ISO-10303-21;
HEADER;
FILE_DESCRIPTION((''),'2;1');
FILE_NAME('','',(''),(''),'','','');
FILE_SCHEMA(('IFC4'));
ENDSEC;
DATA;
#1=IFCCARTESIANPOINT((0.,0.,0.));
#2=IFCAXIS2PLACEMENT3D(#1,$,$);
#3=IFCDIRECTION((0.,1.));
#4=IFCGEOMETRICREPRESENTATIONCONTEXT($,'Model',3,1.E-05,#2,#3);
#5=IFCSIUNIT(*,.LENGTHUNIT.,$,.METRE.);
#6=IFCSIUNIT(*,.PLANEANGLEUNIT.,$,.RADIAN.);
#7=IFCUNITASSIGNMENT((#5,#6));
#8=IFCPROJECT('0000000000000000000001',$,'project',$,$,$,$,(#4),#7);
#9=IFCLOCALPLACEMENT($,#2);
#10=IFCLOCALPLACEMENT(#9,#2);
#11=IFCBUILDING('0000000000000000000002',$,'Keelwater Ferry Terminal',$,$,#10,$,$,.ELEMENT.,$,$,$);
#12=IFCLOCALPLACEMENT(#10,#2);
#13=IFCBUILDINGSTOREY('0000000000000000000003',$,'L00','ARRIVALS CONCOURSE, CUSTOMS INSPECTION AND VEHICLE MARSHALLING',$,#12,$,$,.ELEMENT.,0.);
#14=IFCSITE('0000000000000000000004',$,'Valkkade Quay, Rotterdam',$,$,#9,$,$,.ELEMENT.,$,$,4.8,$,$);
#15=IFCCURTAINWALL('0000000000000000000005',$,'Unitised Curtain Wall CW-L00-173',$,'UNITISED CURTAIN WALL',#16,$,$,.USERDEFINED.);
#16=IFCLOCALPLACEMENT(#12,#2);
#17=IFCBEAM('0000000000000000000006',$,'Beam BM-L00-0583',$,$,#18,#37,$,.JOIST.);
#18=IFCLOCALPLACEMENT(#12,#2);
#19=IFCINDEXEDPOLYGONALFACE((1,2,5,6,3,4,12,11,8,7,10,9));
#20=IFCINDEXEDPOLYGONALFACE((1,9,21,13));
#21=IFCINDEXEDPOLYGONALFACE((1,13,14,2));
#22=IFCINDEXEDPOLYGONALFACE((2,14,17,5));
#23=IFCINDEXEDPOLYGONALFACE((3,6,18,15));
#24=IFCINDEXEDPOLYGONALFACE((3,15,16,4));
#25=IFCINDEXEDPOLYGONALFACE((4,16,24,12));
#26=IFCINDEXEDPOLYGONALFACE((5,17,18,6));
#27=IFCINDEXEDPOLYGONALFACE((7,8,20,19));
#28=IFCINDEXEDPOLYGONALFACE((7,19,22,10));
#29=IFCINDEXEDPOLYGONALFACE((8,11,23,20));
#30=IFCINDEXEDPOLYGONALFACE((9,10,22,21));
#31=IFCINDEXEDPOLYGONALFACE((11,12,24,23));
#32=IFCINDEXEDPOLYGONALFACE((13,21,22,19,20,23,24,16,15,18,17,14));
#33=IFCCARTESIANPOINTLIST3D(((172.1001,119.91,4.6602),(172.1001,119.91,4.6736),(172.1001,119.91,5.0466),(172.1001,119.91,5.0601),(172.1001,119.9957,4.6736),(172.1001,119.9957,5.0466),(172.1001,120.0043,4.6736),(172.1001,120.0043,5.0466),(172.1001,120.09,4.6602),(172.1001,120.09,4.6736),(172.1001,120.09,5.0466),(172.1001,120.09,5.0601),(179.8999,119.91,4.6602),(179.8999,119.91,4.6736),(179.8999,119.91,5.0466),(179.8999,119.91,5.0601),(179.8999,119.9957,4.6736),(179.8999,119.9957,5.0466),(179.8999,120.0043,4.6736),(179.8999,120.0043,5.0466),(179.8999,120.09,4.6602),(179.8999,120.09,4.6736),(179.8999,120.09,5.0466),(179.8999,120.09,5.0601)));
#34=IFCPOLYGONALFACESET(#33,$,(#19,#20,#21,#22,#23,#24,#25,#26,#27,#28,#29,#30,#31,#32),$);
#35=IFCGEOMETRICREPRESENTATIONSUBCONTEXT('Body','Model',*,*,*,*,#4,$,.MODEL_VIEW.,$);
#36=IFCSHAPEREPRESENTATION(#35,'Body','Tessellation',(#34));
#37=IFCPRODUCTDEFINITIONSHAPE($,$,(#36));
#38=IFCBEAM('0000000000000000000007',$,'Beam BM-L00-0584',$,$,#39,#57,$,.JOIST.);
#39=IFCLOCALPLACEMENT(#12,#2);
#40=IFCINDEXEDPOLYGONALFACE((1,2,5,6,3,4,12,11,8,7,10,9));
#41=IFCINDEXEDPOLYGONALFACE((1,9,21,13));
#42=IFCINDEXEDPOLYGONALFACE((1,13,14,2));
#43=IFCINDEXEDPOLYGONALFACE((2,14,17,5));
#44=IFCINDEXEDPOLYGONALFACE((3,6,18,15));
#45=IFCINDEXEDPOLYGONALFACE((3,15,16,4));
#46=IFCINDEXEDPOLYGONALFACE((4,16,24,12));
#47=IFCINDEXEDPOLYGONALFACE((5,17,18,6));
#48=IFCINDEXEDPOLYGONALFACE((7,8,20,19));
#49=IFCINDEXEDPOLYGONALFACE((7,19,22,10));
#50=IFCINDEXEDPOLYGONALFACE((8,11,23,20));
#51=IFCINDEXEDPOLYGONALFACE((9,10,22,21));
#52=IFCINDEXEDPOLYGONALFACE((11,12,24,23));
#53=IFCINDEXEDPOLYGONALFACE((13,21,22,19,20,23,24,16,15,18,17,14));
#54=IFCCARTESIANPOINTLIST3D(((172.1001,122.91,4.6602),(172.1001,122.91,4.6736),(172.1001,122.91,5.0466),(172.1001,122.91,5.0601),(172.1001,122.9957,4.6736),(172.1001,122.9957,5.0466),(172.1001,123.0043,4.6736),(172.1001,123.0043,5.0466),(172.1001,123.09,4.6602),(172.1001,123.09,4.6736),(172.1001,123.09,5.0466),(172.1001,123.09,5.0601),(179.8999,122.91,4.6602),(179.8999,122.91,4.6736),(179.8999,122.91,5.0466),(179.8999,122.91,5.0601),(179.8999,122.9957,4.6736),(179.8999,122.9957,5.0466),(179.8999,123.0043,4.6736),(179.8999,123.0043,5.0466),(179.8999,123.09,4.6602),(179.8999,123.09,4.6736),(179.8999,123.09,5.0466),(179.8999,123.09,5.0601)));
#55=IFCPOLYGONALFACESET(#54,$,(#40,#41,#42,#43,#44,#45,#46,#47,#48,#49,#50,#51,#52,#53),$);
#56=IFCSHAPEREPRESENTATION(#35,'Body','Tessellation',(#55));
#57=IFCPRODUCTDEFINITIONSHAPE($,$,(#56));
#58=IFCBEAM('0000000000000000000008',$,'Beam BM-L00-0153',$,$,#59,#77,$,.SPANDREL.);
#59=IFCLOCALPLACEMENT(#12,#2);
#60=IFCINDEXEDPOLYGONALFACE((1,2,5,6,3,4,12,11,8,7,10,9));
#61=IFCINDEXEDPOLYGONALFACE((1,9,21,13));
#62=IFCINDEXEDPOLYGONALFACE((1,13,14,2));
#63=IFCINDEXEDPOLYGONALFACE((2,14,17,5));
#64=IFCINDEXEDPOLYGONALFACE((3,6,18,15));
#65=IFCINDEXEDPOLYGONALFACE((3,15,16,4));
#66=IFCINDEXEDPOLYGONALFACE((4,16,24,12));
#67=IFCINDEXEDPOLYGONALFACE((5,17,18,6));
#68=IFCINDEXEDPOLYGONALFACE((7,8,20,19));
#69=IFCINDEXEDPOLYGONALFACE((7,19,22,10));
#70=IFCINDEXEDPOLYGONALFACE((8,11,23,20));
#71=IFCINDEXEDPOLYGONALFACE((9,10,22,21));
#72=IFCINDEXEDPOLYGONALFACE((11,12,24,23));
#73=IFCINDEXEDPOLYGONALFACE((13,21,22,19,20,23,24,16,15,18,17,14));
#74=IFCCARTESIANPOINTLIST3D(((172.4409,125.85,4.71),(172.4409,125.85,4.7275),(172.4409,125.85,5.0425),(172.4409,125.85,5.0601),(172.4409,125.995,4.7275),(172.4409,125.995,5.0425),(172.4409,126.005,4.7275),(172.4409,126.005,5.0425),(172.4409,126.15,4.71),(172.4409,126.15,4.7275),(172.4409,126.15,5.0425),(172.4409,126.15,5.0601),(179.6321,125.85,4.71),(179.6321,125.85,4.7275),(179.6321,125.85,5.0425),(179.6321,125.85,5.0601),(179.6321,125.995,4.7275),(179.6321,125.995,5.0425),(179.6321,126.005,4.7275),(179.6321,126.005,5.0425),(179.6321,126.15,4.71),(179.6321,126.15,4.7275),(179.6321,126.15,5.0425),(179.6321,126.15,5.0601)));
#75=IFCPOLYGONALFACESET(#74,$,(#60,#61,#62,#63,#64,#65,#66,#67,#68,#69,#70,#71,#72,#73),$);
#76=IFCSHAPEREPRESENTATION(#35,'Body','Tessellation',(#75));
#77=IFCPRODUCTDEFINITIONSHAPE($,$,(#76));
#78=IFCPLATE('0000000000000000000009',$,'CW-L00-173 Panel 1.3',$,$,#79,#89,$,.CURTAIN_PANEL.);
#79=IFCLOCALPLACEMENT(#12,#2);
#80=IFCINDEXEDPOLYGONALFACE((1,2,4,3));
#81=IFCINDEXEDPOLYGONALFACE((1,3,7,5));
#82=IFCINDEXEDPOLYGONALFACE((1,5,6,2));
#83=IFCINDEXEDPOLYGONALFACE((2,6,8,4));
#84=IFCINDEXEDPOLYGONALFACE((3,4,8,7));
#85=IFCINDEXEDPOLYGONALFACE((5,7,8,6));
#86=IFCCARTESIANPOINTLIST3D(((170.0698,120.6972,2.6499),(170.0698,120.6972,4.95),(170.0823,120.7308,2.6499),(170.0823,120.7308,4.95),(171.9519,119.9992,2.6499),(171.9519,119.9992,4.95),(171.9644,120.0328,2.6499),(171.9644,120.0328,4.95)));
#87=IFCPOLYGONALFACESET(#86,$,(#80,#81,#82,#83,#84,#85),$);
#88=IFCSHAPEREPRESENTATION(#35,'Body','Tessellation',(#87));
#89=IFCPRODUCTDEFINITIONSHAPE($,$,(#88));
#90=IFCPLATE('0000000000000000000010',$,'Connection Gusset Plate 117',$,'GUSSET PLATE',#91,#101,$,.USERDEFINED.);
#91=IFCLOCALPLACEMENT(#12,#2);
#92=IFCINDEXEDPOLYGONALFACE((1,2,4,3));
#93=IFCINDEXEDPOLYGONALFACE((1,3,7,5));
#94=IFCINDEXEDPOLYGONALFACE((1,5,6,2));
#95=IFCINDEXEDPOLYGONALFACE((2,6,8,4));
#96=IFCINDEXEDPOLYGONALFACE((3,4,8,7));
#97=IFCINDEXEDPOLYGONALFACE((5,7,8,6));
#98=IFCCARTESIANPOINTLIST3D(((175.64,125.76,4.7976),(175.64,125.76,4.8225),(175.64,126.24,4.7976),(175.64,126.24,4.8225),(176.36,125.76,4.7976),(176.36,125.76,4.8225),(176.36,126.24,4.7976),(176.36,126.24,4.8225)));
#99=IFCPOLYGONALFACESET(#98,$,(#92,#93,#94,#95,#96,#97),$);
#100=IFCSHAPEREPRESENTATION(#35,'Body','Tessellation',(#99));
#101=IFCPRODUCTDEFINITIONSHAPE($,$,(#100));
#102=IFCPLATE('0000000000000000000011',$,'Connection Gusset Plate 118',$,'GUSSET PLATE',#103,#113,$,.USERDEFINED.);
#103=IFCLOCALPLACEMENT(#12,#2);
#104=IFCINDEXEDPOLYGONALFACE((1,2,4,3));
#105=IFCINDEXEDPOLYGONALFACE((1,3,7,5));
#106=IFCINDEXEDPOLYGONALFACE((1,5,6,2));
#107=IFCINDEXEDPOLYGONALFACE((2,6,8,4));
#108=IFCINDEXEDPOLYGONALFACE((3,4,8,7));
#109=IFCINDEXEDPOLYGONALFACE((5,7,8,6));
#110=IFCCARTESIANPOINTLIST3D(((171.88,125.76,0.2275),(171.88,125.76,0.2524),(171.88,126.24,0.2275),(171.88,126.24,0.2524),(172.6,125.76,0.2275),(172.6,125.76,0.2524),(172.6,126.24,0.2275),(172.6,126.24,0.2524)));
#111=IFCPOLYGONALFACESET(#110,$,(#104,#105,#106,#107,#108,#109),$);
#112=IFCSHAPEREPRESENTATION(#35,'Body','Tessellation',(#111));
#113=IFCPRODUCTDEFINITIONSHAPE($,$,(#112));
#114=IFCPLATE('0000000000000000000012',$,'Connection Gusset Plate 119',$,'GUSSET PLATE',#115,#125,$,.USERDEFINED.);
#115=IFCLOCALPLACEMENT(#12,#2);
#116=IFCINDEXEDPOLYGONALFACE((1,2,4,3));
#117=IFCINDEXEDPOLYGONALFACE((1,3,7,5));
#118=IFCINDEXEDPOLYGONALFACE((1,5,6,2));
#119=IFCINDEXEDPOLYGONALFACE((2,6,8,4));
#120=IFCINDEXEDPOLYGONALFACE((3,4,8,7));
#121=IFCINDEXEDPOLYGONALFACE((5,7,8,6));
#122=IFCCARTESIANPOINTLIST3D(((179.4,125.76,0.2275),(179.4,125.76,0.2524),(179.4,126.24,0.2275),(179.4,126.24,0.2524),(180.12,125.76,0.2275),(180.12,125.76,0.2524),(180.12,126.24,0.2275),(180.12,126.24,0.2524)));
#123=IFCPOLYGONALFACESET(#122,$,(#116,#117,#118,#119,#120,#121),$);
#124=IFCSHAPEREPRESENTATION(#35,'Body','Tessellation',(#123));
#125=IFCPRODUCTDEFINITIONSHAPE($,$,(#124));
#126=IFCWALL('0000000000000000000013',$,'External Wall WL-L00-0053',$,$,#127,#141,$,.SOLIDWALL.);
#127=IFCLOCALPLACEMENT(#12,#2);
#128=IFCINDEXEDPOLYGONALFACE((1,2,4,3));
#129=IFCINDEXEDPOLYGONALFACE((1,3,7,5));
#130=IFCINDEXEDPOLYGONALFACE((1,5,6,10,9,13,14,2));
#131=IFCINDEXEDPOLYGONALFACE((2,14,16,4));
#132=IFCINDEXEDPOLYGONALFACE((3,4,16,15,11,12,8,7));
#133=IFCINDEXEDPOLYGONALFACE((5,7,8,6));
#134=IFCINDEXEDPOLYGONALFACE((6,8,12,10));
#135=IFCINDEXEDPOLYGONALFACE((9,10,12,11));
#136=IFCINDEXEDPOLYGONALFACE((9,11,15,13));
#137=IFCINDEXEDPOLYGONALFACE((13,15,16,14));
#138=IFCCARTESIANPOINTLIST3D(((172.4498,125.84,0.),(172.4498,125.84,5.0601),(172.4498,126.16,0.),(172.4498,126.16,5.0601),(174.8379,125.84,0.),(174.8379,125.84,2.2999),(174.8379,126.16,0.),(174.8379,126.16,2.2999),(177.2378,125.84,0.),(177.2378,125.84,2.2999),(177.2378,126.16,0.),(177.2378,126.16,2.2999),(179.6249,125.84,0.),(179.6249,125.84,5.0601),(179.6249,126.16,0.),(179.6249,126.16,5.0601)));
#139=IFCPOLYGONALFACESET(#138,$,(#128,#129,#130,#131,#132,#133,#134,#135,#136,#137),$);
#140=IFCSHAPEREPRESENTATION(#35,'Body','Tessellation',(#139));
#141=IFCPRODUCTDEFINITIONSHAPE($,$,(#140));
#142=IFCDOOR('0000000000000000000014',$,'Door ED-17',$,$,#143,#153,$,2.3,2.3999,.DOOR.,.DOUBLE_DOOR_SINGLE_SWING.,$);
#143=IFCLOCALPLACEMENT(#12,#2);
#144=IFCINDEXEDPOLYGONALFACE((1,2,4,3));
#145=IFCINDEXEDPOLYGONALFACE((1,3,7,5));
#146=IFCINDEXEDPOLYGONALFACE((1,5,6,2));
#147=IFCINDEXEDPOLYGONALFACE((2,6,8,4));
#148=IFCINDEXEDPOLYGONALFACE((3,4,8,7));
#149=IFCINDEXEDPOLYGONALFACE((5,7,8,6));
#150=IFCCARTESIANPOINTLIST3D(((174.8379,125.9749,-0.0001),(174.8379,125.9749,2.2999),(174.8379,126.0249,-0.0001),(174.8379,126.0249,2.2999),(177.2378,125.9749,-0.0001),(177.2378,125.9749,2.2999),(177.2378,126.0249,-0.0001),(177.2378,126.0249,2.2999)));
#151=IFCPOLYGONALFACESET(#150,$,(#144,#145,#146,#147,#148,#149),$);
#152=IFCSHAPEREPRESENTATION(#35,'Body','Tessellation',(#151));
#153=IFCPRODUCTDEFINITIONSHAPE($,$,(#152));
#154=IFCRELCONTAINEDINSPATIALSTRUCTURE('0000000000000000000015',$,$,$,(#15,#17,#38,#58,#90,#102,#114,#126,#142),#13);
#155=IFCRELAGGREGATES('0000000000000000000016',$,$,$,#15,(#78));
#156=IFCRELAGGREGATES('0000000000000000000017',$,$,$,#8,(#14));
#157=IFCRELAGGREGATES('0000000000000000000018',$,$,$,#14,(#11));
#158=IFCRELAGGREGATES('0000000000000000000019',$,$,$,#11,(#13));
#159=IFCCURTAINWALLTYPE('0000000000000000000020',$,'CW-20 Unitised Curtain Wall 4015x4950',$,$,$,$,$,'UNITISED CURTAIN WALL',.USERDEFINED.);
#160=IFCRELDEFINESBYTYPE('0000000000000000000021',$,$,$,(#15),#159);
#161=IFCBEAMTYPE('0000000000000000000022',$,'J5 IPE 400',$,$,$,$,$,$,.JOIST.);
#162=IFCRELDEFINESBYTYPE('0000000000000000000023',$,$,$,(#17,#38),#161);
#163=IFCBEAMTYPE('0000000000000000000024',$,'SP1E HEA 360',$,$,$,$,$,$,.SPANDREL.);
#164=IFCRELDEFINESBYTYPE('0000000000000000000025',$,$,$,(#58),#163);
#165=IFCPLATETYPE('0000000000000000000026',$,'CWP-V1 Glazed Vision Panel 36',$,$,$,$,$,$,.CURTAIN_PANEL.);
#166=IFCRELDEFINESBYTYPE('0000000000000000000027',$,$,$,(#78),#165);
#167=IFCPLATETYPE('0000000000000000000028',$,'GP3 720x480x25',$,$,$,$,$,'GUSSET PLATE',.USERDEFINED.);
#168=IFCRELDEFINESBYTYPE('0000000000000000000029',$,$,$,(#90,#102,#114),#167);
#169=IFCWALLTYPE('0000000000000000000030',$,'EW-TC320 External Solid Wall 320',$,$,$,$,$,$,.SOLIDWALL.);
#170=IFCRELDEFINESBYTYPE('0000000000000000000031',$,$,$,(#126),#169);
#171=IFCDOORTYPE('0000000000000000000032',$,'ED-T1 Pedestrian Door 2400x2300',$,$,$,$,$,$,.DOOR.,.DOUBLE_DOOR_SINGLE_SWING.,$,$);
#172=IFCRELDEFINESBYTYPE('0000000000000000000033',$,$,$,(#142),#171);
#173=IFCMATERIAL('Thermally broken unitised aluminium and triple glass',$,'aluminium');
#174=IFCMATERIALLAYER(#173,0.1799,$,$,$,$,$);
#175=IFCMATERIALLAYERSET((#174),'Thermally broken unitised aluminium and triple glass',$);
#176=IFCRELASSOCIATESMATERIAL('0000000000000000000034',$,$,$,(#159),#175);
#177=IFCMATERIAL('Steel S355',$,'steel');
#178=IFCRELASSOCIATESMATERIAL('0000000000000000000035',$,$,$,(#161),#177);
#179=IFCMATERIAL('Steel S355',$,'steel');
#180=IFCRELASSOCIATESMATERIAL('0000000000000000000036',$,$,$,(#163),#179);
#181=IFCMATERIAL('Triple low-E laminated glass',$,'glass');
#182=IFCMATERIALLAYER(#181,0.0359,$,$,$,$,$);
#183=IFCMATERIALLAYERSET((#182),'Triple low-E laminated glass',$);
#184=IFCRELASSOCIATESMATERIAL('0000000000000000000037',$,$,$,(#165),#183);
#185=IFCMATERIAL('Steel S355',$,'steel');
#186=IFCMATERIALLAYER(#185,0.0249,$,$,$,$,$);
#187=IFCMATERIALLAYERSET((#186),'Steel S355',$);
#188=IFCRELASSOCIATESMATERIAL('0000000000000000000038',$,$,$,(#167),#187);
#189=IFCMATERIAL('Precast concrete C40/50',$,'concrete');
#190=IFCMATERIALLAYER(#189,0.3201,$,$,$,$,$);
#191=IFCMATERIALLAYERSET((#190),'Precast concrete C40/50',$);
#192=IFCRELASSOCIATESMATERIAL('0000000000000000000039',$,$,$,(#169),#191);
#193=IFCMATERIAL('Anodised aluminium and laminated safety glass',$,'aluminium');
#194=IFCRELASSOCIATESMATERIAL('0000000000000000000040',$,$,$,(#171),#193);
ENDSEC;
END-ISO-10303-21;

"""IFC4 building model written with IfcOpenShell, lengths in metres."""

from ifc_helpers import new_model, si_unit, direction, frame, frame_2d, origin, origin_2d, place, context, subcontext, project, spatial, rectangle, i_section, extrude, material, layer, layer_set, material_profile, profile_set, type_object, element, fill, aggregate, save


model = new_model("IFC4")

# Units and contexts
model_context = context("Model", 3, precision=1e-05, world=origin(), true_north=direction((0.0, 1.0)))
body_context = subcontext(model_context, "Body", "Model", "MODEL_VIEW")
ifc_project = project(units=[si_unit("LENGTHUNIT", "METRE"), si_unit("PLANEANGLEUNIT", "RADIAN")], contexts=[model_context])

# Site, building, storey
site_placement = place(None, origin())
site = spatial("IfcSite", under=ifc_project, at=site_placement, Name="Valkkade Quay, Rotterdam", CompositionType="ELEMENT", RefElevation=4.8)
building_placement = place(site_placement, origin())
building = spatial("IfcBuilding", under=site, at=building_placement, Name="Keelwater Ferry Terminal", CompositionType="ELEMENT")
storey_placement = place(building_placement, origin())
storey = spatial("IfcBuildingStorey", under=building, at=storey_placement, Name="L00", Description="ARRIVALS CONCOURSE, CUSTOMS INSPECTION AND VEHICLE MARSHALLING", CompositionType="ELEMENT", Elevation=0.0)

# Curtain wall
ifc_material_1 = material(Name="Thermally broken unitised aluminium and triple glass", Category="aluminium")
ifc_layer_1 = layer(ifc_material_1, 0.1799)
ifc_layer_set_1 = layer_set([ifc_layer_1], Name="Thermally broken unitised aluminium and triple glass")
curtain_wall_type = type_object("IfcCurtainWallType", Name="CW-20 Unitised Curtain Wall 4015x4950", ElementType="UNITISED CURTAIN WALL", PredefinedType="USERDEFINED", material=ifc_layer_set_1)
curtain_wall_placement = place(storey_placement, origin())
curtain_wall = element("IfcCurtainWall", 1, at=curtain_wall_placement, inside=storey, type_object=curtain_wall_type, Name="Unitised Curtain Wall CW-L00-173", ObjectType="UNITISED CURTAIN WALL", PredefinedType="USERDEFINED")

# Beams
ifc_material_2 = material(Name="Steel S355", Category="steel")
ifc_material_profile_1 = material_profile(ifc_material_2, i_section(OverallWidth=0.1799, OverallDepth=0.3999, WebThickness=0.0085, FlangeThickness=0.0134, at=origin_2d()), Name="IPE 400")
ifc_profile_set_1 = profile_set([ifc_material_profile_1], Name="Steel S355")
beam_type_1 = type_object("IfcBeamType", Name="J5 IPE 400", PredefinedType="JOIST", material=ifc_profile_set_1)
for number, where, z_axis, x_axis, name in (
    (2, (172.1001, 120.0, 4.8601), (1.0, 0.0, 0.0), (0.0, 1.0, 0.0), "Beam BM-L00-0583"),
    (3, (172.1001, 123.0, 4.8601), (1.0, 0.0, 0.0), (0.0, 1.0, 0.0), "Beam BM-L00-0584"),
):
    element("IfcBeam", number, at=place(storey_placement, frame(where, z_axis=z_axis, x_axis=x_axis)), inside=storey, type_object=beam_type_1, Name=name, PredefinedType="JOIST", context=body_context, shape_type="SweptSolid", body=[
        extrude(i_section(OverallWidth=0.1799, OverallDepth=0.3999, WebThickness=0.0085, FlangeThickness=0.0134, at=origin_2d()), origin(), (0.0, 0.0, 1.0), 7.7998),
    ])
ifc_material_3 = material(Name="Steel S355", Category="steel")
ifc_material_profile_2 = material_profile(ifc_material_3, i_section(OverallWidth=0.3, OverallDepth=0.3501, WebThickness=0.01, FlangeThickness=0.0176, at=origin_2d()), Name="HEA 360")
ifc_profile_set_2 = profile_set([ifc_material_profile_2], Name="Steel S355")
beam_type_2 = type_object("IfcBeamType", Name="SP1E HEA 360", PredefinedType="SPANDREL", material=ifc_profile_set_2)
beam_placement = place(storey_placement, frame((172.4409, 126.0, 4.885), z_axis=(1.0, 0.0, 0.0), x_axis=(0.0, 1.0, 0.0)))
element("IfcBeam", 4, at=beam_placement, inside=storey, type_object=beam_type_2, Name="Beam BM-L00-0153", PredefinedType="SPANDREL", context=body_context, shape_type="SweptSolid", body=[
    extrude(i_section(OverallWidth=0.3, OverallDepth=0.3501, WebThickness=0.01, FlangeThickness=0.0176, at=origin_2d()), origin(), (0.0, 0.0, 1.0), 7.1912),
])

# Plate
ifc_material_4 = material(Name="Triple low-E laminated glass", Category="glass")
ifc_layer_2 = layer(ifc_material_4, 0.0359)
ifc_layer_set_2 = layer_set([ifc_layer_2], Name="Triple low-E laminated glass")
plate_type_1 = type_object("IfcPlateType", Name="CWP-V1 Glazed Vision Panel 36", PredefinedType="CURTAIN_PANEL", material=ifc_layer_set_2)
plate_placement = place(storey_placement, frame((171.0171, 120.365, 2.6499), z_axis=(0.0, 0.0, 1.0), x_axis=(-0.937592, 0.347736, 0.0)))
plate = element("IfcPlate", 5, at=plate_placement, type_object=plate_type_1, Name="CW-L00-173 Panel 1.3", PredefinedType="CURTAIN_PANEL", context=body_context, shape_type="SweptSolid", body=[
    extrude(rectangle(XDim=2.0073, YDim=0.0359, at=origin_2d()), origin(), (0.0, 0.0, 1.0), 2.3),
])
aggregate(curtain_wall, [plate])

# Plates
ifc_material_5 = material(Name="Steel S355", Category="steel")
ifc_layer_3 = layer(ifc_material_5, 0.0249)
ifc_layer_set_3 = layer_set([ifc_layer_3], Name="Steel S355")
plate_type_2 = type_object("IfcPlateType", Name="GP3 720x480x25", ElementType="GUSSET PLATE", PredefinedType="USERDEFINED", material=ifc_layer_set_3)
for number, where, z_axis, x_axis, name in (
    (6, (176.0, 126.0, 4.7976), (0.0, 0.0, 1.0), (1.0, 0.0, 0.0), "Connection Gusset Plate 117"),
    (7, (172.24, 126.0, 0.2275), (0.0, 0.0, 1.0), (1.0, 0.0, 0.0), "Connection Gusset Plate 118"),
    (8, (179.76, 126.0, 0.2275), (0.0, 0.0, 1.0), (1.0, 0.0, 0.0), "Connection Gusset Plate 119"),
):
    element("IfcPlate", number, at=place(storey_placement, frame(where, z_axis=z_axis, x_axis=x_axis)), inside=storey, type_object=plate_type_2, Name=name, ObjectType="GUSSET PLATE", PredefinedType="USERDEFINED", context=body_context, shape_type="SweptSolid", body=[
        extrude(rectangle(XDim=0.72, YDim=0.48, at=origin_2d()), origin(), (0.0, 0.0, 1.0), 0.0249),
    ])

# Wall, opening, door
ifc_material_6 = material(Name="Precast concrete C40/50", Category="concrete")
ifc_layer_4 = layer(ifc_material_6, 0.3201)
ifc_layer_set_4 = layer_set([ifc_layer_4], Name="Precast concrete C40/50")
wall_type = type_object("IfcWallType", Name="EW-TC320 External Solid Wall 320", PredefinedType="SOLIDWALL", material=ifc_layer_set_4)
wall_placement = place(storey_placement, frame((172.45, 126.0, 0.0), z_axis=(0.0, 0.0, 1.0), x_axis=(1.0, 0.0, 0.0)))
wall = element("IfcWall", 9, at=wall_placement, inside=storey, type_object=wall_type, Name="External Wall WL-L00-0053", PredefinedType="SOLIDWALL", context=body_context, shape_type="SweptSolid", body=[
    extrude(rectangle(XDim=7.175, YDim=0.3201, at=frame_2d((3.5874, 0.0))), origin(), (0.0, 0.0, 1.0), 5.0601),
])
opening_placement = place(wall_placement, frame((2.3879, 0.0, 0.0)))
opening = element("IfcOpeningElement", 10, at=opening_placement, cuts=wall, PredefinedType="OPENING", context=body_context, shape_type="SweptSolid", body=[
    extrude(rectangle(XDim=2.3999, YDim=2.3, at=frame_2d((1.2, 1.1499))), frame((0.0, 0.1702, 0.0), z_axis=(0.0, -1.0, 0.0), x_axis=(1.0, 0.0, 0.0)), (0.0, 0.0, 1.0), 0.3401),
])
ifc_material_7 = material(Name="Anodised aluminium and laminated safety glass", Category="aluminium")
door_type = type_object("IfcDoorType", Name="ED-T1 Pedestrian Door 2400x2300", OperationType="DOUBLE_DOOR_SINGLE_SWING", PredefinedType="DOOR", material=ifc_material_7)
door_placement = place(opening_placement, origin())
door = element("IfcDoor", 11, at=door_placement, inside=storey, type_object=door_type, Name="Door ED-17", OperationType="DOUBLE_DOOR_SINGLE_SWING", OverallHeight=2.3, OverallWidth=2.3999, PredefinedType="DOOR", context=body_context, shape_type="SweptSolid", body=[
    extrude(rectangle(XDim=2.3999, YDim=2.3, at=frame_2d((1.2, 1.1499))), frame((0.0, 0.0249, 0.0), z_axis=(0.0, -1.0, 0.0), x_axis=(1.0, 0.0, 0.0)), (0.0, 0.0, 1.0), 0.05),
])
fill(opening, door)

save(model, "model.ifc")
